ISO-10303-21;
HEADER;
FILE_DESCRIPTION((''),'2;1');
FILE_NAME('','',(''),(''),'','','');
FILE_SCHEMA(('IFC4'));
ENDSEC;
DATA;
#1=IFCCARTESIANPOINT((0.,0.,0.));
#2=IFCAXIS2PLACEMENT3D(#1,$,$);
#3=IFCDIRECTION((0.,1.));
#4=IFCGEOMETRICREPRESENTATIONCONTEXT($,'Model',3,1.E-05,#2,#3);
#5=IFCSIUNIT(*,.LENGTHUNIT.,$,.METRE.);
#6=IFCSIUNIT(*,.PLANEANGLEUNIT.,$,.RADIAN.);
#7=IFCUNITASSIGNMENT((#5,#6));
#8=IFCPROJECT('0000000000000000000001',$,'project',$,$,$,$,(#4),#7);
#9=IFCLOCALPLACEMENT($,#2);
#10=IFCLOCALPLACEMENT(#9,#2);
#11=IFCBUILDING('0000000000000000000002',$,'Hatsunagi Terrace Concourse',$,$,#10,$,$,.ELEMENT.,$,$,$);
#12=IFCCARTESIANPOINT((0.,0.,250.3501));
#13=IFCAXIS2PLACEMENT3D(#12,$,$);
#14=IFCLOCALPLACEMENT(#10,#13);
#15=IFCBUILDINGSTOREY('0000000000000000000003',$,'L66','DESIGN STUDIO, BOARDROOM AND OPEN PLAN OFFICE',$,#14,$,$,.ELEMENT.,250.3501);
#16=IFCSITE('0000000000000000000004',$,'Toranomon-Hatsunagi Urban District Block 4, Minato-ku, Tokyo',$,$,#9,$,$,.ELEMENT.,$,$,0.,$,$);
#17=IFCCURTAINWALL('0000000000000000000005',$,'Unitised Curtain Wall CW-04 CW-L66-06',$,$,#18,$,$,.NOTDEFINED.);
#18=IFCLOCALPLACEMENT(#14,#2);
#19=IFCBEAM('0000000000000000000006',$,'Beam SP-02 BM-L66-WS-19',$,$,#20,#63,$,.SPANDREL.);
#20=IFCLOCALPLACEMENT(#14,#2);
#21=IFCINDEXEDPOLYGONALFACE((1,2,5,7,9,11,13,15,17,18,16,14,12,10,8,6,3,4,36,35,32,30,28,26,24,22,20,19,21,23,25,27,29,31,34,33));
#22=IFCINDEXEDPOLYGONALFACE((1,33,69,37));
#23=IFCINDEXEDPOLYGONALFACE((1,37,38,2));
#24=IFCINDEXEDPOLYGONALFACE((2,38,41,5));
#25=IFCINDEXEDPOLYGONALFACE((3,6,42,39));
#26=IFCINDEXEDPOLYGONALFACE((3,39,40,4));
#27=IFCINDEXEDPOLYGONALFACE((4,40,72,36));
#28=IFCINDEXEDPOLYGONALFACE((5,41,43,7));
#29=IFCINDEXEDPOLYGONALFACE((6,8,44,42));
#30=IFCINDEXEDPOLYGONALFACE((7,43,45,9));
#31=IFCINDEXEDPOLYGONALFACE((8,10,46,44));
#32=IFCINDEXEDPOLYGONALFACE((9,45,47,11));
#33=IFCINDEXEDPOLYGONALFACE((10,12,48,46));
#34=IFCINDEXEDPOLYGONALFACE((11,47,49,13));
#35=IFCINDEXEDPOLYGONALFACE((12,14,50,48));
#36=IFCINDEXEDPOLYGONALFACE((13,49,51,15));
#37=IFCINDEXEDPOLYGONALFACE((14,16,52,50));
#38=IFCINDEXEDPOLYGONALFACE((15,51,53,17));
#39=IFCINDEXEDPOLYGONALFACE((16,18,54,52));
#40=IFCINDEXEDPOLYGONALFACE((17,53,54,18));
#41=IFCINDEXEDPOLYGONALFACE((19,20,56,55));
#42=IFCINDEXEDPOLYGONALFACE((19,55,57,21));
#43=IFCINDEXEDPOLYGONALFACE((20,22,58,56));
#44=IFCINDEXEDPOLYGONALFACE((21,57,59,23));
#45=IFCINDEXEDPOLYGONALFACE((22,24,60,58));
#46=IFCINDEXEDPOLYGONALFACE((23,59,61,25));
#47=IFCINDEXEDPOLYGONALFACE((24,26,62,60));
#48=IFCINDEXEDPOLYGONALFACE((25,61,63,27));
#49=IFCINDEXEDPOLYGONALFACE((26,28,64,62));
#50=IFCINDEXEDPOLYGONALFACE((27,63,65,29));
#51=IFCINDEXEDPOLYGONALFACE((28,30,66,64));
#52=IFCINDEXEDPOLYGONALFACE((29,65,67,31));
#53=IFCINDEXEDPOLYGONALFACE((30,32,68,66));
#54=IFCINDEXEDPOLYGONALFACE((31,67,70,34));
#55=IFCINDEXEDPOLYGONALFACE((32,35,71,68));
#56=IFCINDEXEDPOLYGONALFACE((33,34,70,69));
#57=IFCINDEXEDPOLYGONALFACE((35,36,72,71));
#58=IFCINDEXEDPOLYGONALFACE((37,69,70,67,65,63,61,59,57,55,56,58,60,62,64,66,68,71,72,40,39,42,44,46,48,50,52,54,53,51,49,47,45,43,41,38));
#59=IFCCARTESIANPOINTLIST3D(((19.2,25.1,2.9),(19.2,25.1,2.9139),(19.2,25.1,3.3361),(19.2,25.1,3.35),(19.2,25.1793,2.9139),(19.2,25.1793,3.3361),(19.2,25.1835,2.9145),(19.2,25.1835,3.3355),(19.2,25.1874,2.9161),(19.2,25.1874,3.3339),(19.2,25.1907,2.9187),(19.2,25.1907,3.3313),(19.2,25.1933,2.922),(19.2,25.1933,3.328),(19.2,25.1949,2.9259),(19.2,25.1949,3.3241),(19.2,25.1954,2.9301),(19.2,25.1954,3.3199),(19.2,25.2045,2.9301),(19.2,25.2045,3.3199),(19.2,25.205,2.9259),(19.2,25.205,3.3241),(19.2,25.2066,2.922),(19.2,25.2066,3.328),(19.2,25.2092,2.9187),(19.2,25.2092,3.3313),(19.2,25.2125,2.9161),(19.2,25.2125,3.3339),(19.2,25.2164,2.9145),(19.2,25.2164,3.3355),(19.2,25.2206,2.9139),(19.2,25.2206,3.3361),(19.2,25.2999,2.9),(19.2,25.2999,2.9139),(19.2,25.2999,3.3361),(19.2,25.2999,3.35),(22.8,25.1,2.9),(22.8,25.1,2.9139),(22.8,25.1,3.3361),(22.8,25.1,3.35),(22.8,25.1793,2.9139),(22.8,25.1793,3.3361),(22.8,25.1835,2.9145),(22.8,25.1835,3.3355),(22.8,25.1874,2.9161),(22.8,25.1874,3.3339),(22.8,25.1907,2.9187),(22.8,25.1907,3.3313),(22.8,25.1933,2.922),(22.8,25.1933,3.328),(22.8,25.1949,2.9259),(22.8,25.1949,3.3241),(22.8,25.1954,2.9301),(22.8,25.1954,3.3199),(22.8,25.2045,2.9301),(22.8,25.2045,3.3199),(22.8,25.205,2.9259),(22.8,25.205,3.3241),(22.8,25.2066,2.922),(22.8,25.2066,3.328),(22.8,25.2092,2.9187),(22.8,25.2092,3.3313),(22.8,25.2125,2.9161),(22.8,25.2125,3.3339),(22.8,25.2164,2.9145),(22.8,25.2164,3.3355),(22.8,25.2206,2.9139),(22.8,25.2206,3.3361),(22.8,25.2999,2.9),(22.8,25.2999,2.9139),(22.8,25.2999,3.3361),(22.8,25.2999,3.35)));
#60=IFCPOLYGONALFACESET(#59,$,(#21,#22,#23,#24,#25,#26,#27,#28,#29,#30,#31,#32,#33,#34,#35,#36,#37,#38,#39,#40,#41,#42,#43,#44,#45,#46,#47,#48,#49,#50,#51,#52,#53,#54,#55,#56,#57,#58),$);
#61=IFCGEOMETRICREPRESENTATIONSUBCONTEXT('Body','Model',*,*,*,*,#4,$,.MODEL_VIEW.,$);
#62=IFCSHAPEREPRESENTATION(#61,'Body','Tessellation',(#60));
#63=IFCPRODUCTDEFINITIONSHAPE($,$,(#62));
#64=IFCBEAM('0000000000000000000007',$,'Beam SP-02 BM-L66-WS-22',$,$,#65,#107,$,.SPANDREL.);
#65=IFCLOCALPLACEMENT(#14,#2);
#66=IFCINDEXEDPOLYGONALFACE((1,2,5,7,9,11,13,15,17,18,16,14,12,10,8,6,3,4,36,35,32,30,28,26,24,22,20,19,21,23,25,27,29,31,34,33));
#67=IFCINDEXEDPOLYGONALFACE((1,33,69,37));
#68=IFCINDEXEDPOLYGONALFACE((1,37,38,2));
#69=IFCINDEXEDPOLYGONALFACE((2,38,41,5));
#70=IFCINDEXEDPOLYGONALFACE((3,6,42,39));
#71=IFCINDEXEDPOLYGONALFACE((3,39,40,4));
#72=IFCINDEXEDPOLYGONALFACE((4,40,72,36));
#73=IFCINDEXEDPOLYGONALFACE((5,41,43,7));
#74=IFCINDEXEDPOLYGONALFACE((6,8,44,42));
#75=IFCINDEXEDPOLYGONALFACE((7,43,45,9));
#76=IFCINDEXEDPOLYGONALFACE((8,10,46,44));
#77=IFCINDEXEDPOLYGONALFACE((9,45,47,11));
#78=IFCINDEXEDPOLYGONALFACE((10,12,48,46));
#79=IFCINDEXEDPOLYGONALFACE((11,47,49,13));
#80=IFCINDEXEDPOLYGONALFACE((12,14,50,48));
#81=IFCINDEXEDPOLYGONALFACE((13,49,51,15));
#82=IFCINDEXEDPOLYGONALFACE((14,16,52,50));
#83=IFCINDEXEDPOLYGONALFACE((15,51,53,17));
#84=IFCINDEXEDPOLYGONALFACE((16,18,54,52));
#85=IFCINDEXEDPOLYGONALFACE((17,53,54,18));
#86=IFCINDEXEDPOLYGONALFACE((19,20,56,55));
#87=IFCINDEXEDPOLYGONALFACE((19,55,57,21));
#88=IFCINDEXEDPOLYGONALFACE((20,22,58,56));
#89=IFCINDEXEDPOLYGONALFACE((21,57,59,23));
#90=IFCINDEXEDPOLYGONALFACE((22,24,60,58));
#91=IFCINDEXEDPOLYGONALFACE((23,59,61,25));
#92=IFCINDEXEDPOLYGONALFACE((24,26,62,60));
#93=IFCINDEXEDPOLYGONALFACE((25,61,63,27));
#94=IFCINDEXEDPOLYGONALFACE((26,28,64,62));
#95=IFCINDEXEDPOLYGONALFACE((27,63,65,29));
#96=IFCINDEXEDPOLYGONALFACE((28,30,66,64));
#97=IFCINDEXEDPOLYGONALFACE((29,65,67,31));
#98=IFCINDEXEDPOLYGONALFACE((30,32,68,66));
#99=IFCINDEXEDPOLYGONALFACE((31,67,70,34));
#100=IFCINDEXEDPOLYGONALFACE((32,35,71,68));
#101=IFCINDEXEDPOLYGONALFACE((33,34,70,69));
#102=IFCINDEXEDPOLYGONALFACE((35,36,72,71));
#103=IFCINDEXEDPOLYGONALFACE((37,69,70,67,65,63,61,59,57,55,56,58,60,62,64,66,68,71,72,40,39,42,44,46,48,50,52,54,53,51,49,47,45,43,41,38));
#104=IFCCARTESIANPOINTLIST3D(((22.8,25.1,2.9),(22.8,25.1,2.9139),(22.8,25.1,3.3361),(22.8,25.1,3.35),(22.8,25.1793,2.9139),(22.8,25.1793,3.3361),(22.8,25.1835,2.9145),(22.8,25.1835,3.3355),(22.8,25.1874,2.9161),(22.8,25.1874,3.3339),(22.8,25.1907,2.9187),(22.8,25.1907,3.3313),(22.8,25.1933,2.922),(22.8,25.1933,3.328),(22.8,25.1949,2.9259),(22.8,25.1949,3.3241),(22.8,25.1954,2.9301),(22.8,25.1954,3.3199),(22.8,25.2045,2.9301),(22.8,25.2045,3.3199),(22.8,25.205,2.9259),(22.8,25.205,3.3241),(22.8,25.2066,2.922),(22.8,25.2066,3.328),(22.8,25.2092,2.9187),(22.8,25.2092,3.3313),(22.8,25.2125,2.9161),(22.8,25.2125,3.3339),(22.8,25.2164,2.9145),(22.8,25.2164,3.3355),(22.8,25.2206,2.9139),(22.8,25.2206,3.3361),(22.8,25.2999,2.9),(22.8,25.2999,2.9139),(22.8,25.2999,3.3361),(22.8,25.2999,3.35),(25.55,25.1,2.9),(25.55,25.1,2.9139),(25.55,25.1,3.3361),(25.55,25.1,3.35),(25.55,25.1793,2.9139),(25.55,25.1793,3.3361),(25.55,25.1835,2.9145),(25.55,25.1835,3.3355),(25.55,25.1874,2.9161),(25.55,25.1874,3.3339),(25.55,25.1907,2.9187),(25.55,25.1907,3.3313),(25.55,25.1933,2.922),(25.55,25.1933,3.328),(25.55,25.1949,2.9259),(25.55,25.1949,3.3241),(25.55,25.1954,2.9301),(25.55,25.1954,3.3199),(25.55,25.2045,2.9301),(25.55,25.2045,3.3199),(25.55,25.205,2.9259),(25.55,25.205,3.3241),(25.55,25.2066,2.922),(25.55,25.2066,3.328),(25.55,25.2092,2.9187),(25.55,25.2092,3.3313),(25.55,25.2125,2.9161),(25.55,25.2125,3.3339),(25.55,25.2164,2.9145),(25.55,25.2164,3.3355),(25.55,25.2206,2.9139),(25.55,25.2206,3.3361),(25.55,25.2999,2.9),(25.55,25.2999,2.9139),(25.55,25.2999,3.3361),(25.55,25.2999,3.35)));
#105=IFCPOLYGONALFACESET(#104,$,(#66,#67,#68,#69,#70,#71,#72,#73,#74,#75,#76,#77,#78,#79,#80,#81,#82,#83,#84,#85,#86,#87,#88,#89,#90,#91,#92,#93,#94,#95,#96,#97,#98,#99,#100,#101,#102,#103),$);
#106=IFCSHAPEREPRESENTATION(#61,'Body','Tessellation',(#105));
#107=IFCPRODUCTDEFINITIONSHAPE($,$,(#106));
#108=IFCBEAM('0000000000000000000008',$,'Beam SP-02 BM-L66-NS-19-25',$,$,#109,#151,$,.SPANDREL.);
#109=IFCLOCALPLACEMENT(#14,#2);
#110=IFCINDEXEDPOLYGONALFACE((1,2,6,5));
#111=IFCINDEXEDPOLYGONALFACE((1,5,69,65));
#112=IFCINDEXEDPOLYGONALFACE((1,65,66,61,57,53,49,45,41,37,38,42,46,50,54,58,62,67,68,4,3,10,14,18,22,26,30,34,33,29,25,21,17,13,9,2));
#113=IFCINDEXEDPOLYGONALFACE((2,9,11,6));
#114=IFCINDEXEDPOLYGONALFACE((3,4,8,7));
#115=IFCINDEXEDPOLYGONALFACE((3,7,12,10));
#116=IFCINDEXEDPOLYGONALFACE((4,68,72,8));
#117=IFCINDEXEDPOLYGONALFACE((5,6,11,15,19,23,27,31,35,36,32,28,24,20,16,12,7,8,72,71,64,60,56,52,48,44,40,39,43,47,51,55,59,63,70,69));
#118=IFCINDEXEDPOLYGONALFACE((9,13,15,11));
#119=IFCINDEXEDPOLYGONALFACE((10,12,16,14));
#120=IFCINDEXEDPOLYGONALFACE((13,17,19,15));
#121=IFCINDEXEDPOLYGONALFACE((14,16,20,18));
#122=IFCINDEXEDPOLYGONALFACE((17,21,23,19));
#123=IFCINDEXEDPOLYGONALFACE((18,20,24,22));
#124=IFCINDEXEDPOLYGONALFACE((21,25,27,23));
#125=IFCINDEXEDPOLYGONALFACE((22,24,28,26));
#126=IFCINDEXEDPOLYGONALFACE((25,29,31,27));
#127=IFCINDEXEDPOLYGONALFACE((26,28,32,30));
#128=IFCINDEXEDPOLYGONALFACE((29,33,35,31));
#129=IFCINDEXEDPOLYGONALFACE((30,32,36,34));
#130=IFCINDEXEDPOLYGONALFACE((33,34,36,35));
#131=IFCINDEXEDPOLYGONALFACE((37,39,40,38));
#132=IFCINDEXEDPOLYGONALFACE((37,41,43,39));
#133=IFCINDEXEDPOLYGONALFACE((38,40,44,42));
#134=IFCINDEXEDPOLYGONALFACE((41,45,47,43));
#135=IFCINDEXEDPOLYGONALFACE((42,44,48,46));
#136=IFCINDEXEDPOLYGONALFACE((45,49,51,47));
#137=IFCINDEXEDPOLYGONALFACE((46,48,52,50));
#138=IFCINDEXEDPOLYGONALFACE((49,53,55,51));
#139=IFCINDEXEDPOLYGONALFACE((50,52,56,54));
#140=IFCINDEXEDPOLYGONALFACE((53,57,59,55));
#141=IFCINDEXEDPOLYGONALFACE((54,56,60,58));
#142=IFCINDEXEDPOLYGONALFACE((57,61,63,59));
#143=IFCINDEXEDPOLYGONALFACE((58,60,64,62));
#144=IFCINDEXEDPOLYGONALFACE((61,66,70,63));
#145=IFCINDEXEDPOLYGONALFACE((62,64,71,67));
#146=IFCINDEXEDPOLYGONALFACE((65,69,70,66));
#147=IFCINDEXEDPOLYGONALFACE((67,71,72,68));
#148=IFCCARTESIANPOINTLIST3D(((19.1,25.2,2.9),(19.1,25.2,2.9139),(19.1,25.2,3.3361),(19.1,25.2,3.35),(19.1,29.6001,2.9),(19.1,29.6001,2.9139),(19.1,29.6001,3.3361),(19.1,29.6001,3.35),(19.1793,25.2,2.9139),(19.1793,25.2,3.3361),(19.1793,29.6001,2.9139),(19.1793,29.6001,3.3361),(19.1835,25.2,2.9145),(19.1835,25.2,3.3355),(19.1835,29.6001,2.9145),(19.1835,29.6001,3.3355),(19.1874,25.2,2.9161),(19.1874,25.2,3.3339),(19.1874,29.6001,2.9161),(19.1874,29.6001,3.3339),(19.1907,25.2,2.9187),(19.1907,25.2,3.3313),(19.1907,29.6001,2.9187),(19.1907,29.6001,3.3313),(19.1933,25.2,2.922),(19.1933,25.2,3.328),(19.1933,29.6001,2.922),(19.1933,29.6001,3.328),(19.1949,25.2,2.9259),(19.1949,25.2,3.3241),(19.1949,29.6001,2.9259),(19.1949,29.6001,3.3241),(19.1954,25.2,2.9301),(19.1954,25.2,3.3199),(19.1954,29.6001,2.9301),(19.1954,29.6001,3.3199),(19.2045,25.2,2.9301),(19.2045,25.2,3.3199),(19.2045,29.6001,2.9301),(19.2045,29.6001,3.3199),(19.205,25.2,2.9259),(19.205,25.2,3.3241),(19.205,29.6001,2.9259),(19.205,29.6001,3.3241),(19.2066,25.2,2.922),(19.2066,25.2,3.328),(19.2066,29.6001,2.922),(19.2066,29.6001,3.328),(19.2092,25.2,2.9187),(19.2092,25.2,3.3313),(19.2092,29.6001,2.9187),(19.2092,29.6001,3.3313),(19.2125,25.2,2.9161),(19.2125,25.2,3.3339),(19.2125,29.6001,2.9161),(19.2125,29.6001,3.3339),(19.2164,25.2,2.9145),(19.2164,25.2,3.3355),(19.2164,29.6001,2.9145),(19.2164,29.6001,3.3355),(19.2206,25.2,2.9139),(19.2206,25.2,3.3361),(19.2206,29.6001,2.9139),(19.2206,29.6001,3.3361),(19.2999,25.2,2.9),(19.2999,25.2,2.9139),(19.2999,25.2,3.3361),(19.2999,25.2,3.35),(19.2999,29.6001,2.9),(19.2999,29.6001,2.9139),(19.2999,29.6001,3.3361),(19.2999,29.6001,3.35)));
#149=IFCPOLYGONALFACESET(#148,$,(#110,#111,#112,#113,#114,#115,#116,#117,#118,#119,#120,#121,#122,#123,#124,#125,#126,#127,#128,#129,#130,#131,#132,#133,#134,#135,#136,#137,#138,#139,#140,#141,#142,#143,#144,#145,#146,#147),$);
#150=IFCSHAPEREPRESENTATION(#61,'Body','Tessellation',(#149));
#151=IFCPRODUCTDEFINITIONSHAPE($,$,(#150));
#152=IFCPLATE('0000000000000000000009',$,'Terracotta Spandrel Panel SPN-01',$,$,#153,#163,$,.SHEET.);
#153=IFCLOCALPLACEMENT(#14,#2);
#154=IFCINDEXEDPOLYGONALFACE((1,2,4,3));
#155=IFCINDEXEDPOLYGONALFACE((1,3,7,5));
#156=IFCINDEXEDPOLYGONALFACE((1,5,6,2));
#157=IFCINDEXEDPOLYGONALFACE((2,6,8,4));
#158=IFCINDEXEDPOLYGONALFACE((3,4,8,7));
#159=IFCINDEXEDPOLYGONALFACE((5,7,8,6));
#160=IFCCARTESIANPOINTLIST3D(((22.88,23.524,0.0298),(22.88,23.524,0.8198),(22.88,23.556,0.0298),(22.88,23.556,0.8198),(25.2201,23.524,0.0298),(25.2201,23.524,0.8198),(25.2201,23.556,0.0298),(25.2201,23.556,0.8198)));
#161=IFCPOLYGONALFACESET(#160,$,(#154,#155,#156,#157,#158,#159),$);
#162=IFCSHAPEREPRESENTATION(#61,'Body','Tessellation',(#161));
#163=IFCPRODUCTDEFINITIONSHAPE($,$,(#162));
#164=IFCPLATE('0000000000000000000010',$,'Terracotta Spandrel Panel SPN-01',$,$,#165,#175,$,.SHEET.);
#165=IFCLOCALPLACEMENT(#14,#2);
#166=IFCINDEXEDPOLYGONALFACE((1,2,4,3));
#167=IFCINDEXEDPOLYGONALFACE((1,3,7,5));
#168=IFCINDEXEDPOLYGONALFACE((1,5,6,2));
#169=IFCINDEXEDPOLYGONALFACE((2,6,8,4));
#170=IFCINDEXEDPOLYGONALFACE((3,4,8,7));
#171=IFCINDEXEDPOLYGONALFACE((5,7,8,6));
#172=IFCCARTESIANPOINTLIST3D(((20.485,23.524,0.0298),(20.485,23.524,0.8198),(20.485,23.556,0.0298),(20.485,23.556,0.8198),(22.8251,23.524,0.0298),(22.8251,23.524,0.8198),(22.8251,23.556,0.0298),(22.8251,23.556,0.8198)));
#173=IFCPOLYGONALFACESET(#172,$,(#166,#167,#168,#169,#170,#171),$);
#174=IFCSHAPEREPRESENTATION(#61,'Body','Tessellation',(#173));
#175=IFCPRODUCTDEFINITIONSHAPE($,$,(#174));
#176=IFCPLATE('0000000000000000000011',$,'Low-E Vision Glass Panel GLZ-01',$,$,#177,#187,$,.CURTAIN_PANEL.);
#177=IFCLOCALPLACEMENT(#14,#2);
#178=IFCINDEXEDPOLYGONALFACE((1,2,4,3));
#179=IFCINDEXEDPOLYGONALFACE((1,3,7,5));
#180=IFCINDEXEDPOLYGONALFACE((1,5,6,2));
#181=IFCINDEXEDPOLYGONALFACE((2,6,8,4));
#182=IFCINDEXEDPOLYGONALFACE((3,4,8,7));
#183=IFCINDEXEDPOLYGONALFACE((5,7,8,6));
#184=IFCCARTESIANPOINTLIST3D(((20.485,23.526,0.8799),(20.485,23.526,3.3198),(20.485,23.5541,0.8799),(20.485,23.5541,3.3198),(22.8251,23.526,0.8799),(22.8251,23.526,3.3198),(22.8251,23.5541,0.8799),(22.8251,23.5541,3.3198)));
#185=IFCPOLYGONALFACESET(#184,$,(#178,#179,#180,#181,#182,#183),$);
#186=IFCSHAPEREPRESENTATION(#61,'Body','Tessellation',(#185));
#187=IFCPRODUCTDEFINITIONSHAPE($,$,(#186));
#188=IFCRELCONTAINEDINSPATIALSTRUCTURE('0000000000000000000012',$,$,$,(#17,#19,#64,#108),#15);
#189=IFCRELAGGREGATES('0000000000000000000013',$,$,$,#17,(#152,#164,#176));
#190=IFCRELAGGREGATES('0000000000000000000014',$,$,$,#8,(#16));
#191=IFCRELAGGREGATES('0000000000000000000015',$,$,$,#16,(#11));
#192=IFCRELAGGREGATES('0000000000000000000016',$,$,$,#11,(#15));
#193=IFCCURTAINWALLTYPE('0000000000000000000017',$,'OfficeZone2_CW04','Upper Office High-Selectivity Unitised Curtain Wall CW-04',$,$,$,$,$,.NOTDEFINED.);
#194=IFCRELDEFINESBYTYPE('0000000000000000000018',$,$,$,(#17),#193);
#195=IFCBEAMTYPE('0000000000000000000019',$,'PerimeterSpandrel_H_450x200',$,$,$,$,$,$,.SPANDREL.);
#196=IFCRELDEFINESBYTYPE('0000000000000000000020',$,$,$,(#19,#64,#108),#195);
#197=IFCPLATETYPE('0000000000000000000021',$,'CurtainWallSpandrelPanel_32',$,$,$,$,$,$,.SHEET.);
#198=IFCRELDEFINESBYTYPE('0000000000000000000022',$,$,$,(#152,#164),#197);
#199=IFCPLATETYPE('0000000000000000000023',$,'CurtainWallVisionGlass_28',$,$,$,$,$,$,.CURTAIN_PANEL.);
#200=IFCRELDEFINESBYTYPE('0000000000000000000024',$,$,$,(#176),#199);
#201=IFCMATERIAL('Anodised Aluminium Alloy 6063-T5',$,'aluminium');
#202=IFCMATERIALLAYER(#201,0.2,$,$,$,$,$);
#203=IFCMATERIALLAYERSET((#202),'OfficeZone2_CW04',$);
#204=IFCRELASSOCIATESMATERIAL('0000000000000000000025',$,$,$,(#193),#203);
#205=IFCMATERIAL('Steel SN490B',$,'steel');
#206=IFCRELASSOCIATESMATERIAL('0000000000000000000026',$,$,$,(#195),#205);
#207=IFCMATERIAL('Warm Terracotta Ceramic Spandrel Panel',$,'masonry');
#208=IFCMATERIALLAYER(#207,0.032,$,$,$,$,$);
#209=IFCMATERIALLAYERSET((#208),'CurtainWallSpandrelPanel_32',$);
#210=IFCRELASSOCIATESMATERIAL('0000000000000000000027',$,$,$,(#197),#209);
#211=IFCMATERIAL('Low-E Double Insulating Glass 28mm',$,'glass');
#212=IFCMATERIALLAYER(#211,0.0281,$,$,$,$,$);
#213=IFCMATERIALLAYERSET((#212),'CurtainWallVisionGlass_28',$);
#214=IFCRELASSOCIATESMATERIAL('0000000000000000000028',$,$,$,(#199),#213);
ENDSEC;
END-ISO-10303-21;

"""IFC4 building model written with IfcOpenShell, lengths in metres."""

from ifc_helpers import new_model, si_unit, direction, frame, origin, origin_2d, place, context, subcontext, project, spatial, rectangle, i_section, extrude, material, layer, layer_set, material_profile, profile_set, type_object, element, aggregate, save


model = new_model("IFC4")

# Units and contexts
model_context = context("Model", 3, precision=1e-05, world=origin(), true_north=direction((0.0, 1.0)))
body_context = subcontext(model_context, "Body", "Model", "MODEL_VIEW")
ifc_project = project(units=[si_unit("LENGTHUNIT", "METRE"), si_unit("PLANEANGLEUNIT", "RADIAN")], contexts=[model_context])

# Site, building, storey
site_placement = place(None, origin())
site = spatial("IfcSite", under=ifc_project, at=site_placement, Name="Toranomon-Hatsunagi Urban District Block 4, Minato-ku, Tokyo", CompositionType="ELEMENT", RefElevation=0.0)
building_placement = place(site_placement, origin())
building = spatial("IfcBuilding", under=site, at=building_placement, Name="Hatsunagi Terrace Concourse", CompositionType="ELEMENT")
storey_placement = place(building_placement, frame((0.0, 0.0, 250.3501)))
storey = spatial("IfcBuildingStorey", under=building, at=storey_placement, Name="L66", Description="DESIGN STUDIO, BOARDROOM AND OPEN PLAN OFFICE", CompositionType="ELEMENT", Elevation=250.3501)

# Curtain wall
ifc_material_1 = material(Name="Anodised Aluminium Alloy 6063-T5", Category="aluminium")
ifc_layer_1 = layer(ifc_material_1, 0.2)
ifc_layer_set_1 = layer_set([ifc_layer_1], Name="OfficeZone2_CW04")
curtain_wall_type = type_object("IfcCurtainWallType", Name="OfficeZone2_CW04", Description="Upper Office High-Selectivity Unitised Curtain Wall CW-04", PredefinedType="NOTDEFINED", material=ifc_layer_set_1)
curtain_wall_placement = place(storey_placement, origin())
curtain_wall = element("IfcCurtainWall", 1, at=curtain_wall_placement, inside=storey, type_object=curtain_wall_type, Name="Unitised Curtain Wall CW-04 CW-L66-06", PredefinedType="NOTDEFINED")

# Beams
ifc_material_2 = material(Name="Steel SN490B", Category="steel")
ifc_material_profile_1 = material_profile(ifc_material_2, i_section(OverallWidth=0.2, OverallDepth=0.45, WebThickness=0.009, FlangeThickness=0.0139, FilletRadius=0.0161, at=origin_2d()), Name="H-450x200x9x14")
ifc_profile_set_1 = profile_set([ifc_material_profile_1], Name="Steel SN490B")
beam_type_1 = type_object("IfcBeamType", Name="PerimeterSpandrel_H_450x200", PredefinedType="SPANDREL", material=ifc_profile_set_1)
beam_1_placement = place(storey_placement, frame((19.2, 25.2, 3.125), z_axis=(1.0, 0.0, 0.0), x_axis=(0.0, 1.0, 0.0)))
element("IfcBeam", 2, at=beam_1_placement, inside=storey, type_object=beam_type_1, Name="Beam SP-02 BM-L66-WS-19", PredefinedType="SPANDREL", context=body_context, shape_type="SweptSolid", body=[
    extrude(i_section(OverallWidth=0.2, OverallDepth=0.45, WebThickness=0.009, FlangeThickness=0.0139, FilletRadius=0.0161, at=origin_2d()), origin(), (0.0, 0.0, 1.0), 3.6001),
])
beam_2_placement = place(storey_placement, frame((22.8, 25.2, 3.125), z_axis=(1.0, 0.0, 0.0), x_axis=(0.0, 1.0, 0.0)))
element("IfcBeam", 3, at=beam_2_placement, inside=storey, type_object=beam_type_1, Name="Beam SP-02 BM-L66-WS-22", PredefinedType="SPANDREL", context=body_context, shape_type="SweptSolid", body=[
    extrude(i_section(OverallWidth=0.2, OverallDepth=0.45, WebThickness=0.009, FlangeThickness=0.0139, FilletRadius=0.0161, at=origin_2d()), origin(), (0.0, 0.0, 1.0), 2.75),
])
beam_3_placement = place(storey_placement, frame((19.2, 25.2, 3.125), z_axis=(0.0, 1.0, 0.0), x_axis=(-1.0, 0.0, 0.0)))
element("IfcBeam", 4, at=beam_3_placement, inside=storey, type_object=beam_type_1, Name="Beam SP-02 BM-L66-NS-19-25", PredefinedType="SPANDREL", context=body_context, shape_type="SweptSolid", body=[
    extrude(i_section(OverallWidth=0.2, OverallDepth=0.45, WebThickness=0.009, FlangeThickness=0.0139, FilletRadius=0.0161, at=origin_2d()), origin(), (0.0, 0.0, 1.0), 4.4001),
])

# Plates
ifc_material_3 = material(Name="Warm Terracotta Ceramic Spandrel Panel", Category="masonry")
ifc_layer_2 = layer(ifc_material_3, 0.032)
ifc_layer_set_2 = layer_set([ifc_layer_2], Name="CurtainWallSpandrelPanel_32")
plate_type_1 = type_object("IfcPlateType", Name="CurtainWallSpandrelPanel_32", PredefinedType="SHEET", material=ifc_layer_set_2)
plate_1_placement = place(storey_placement, frame((24.05, 23.54, 0.0298), z_axis=(0.0, 0.0, 1.0), x_axis=(-1.0, 0.0, 0.0)))
plate_1 = element("IfcPlate", 5, at=plate_1_placement, type_object=plate_type_1, Name="Terracotta Spandrel Panel SPN-01", PredefinedType="SHEET", context=body_context, shape_type="SweptSolid", body=[
    extrude(rectangle(XDim=2.3401, YDim=0.032, at=origin_2d()), origin(), (0.0, 0.0, 1.0), 0.79),
])
plate_2_placement = place(storey_placement, frame((21.655, 23.54, 0.0298), z_axis=(0.0, 0.0, 1.0), x_axis=(-1.0, 0.0, 0.0)))
plate_2 = element("IfcPlate", 6, at=plate_2_placement, type_object=plate_type_1, Name="Terracotta Spandrel Panel SPN-01", PredefinedType="SHEET", context=body_context, shape_type="SweptSolid", body=[
    extrude(rectangle(XDim=2.3401, YDim=0.032, at=origin_2d()), origin(), (0.0, 0.0, 1.0), 0.79),
])
ifc_material_4 = material(Name="Low-E Double Insulating Glass 28mm", Category="glass")
ifc_layer_3 = layer(ifc_material_4, 0.0281)
ifc_layer_set_3 = layer_set([ifc_layer_3], Name="CurtainWallVisionGlass_28")
plate_type_2 = type_object("IfcPlateType", Name="CurtainWallVisionGlass_28", PredefinedType="CURTAIN_PANEL", material=ifc_layer_set_3)
plate_3_placement = place(storey_placement, frame((21.655, 23.54, 0.8799), z_axis=(0.0, 0.0, 1.0), x_axis=(-1.0, 0.0, 0.0)))
plate_3 = element("IfcPlate", 7, at=plate_3_placement, type_object=plate_type_2, Name="Low-E Vision Glass Panel GLZ-01", PredefinedType="CURTAIN_PANEL", context=body_context, shape_type="SweptSolid", body=[
    extrude(rectangle(XDim=2.3401, YDim=0.0281, at=origin_2d()), origin(), (0.0, 0.0, 1.0), 2.4399),
])
aggregate(curtain_wall, [plate_1, plate_2, plate_3])

save(model, "model.ifc")
